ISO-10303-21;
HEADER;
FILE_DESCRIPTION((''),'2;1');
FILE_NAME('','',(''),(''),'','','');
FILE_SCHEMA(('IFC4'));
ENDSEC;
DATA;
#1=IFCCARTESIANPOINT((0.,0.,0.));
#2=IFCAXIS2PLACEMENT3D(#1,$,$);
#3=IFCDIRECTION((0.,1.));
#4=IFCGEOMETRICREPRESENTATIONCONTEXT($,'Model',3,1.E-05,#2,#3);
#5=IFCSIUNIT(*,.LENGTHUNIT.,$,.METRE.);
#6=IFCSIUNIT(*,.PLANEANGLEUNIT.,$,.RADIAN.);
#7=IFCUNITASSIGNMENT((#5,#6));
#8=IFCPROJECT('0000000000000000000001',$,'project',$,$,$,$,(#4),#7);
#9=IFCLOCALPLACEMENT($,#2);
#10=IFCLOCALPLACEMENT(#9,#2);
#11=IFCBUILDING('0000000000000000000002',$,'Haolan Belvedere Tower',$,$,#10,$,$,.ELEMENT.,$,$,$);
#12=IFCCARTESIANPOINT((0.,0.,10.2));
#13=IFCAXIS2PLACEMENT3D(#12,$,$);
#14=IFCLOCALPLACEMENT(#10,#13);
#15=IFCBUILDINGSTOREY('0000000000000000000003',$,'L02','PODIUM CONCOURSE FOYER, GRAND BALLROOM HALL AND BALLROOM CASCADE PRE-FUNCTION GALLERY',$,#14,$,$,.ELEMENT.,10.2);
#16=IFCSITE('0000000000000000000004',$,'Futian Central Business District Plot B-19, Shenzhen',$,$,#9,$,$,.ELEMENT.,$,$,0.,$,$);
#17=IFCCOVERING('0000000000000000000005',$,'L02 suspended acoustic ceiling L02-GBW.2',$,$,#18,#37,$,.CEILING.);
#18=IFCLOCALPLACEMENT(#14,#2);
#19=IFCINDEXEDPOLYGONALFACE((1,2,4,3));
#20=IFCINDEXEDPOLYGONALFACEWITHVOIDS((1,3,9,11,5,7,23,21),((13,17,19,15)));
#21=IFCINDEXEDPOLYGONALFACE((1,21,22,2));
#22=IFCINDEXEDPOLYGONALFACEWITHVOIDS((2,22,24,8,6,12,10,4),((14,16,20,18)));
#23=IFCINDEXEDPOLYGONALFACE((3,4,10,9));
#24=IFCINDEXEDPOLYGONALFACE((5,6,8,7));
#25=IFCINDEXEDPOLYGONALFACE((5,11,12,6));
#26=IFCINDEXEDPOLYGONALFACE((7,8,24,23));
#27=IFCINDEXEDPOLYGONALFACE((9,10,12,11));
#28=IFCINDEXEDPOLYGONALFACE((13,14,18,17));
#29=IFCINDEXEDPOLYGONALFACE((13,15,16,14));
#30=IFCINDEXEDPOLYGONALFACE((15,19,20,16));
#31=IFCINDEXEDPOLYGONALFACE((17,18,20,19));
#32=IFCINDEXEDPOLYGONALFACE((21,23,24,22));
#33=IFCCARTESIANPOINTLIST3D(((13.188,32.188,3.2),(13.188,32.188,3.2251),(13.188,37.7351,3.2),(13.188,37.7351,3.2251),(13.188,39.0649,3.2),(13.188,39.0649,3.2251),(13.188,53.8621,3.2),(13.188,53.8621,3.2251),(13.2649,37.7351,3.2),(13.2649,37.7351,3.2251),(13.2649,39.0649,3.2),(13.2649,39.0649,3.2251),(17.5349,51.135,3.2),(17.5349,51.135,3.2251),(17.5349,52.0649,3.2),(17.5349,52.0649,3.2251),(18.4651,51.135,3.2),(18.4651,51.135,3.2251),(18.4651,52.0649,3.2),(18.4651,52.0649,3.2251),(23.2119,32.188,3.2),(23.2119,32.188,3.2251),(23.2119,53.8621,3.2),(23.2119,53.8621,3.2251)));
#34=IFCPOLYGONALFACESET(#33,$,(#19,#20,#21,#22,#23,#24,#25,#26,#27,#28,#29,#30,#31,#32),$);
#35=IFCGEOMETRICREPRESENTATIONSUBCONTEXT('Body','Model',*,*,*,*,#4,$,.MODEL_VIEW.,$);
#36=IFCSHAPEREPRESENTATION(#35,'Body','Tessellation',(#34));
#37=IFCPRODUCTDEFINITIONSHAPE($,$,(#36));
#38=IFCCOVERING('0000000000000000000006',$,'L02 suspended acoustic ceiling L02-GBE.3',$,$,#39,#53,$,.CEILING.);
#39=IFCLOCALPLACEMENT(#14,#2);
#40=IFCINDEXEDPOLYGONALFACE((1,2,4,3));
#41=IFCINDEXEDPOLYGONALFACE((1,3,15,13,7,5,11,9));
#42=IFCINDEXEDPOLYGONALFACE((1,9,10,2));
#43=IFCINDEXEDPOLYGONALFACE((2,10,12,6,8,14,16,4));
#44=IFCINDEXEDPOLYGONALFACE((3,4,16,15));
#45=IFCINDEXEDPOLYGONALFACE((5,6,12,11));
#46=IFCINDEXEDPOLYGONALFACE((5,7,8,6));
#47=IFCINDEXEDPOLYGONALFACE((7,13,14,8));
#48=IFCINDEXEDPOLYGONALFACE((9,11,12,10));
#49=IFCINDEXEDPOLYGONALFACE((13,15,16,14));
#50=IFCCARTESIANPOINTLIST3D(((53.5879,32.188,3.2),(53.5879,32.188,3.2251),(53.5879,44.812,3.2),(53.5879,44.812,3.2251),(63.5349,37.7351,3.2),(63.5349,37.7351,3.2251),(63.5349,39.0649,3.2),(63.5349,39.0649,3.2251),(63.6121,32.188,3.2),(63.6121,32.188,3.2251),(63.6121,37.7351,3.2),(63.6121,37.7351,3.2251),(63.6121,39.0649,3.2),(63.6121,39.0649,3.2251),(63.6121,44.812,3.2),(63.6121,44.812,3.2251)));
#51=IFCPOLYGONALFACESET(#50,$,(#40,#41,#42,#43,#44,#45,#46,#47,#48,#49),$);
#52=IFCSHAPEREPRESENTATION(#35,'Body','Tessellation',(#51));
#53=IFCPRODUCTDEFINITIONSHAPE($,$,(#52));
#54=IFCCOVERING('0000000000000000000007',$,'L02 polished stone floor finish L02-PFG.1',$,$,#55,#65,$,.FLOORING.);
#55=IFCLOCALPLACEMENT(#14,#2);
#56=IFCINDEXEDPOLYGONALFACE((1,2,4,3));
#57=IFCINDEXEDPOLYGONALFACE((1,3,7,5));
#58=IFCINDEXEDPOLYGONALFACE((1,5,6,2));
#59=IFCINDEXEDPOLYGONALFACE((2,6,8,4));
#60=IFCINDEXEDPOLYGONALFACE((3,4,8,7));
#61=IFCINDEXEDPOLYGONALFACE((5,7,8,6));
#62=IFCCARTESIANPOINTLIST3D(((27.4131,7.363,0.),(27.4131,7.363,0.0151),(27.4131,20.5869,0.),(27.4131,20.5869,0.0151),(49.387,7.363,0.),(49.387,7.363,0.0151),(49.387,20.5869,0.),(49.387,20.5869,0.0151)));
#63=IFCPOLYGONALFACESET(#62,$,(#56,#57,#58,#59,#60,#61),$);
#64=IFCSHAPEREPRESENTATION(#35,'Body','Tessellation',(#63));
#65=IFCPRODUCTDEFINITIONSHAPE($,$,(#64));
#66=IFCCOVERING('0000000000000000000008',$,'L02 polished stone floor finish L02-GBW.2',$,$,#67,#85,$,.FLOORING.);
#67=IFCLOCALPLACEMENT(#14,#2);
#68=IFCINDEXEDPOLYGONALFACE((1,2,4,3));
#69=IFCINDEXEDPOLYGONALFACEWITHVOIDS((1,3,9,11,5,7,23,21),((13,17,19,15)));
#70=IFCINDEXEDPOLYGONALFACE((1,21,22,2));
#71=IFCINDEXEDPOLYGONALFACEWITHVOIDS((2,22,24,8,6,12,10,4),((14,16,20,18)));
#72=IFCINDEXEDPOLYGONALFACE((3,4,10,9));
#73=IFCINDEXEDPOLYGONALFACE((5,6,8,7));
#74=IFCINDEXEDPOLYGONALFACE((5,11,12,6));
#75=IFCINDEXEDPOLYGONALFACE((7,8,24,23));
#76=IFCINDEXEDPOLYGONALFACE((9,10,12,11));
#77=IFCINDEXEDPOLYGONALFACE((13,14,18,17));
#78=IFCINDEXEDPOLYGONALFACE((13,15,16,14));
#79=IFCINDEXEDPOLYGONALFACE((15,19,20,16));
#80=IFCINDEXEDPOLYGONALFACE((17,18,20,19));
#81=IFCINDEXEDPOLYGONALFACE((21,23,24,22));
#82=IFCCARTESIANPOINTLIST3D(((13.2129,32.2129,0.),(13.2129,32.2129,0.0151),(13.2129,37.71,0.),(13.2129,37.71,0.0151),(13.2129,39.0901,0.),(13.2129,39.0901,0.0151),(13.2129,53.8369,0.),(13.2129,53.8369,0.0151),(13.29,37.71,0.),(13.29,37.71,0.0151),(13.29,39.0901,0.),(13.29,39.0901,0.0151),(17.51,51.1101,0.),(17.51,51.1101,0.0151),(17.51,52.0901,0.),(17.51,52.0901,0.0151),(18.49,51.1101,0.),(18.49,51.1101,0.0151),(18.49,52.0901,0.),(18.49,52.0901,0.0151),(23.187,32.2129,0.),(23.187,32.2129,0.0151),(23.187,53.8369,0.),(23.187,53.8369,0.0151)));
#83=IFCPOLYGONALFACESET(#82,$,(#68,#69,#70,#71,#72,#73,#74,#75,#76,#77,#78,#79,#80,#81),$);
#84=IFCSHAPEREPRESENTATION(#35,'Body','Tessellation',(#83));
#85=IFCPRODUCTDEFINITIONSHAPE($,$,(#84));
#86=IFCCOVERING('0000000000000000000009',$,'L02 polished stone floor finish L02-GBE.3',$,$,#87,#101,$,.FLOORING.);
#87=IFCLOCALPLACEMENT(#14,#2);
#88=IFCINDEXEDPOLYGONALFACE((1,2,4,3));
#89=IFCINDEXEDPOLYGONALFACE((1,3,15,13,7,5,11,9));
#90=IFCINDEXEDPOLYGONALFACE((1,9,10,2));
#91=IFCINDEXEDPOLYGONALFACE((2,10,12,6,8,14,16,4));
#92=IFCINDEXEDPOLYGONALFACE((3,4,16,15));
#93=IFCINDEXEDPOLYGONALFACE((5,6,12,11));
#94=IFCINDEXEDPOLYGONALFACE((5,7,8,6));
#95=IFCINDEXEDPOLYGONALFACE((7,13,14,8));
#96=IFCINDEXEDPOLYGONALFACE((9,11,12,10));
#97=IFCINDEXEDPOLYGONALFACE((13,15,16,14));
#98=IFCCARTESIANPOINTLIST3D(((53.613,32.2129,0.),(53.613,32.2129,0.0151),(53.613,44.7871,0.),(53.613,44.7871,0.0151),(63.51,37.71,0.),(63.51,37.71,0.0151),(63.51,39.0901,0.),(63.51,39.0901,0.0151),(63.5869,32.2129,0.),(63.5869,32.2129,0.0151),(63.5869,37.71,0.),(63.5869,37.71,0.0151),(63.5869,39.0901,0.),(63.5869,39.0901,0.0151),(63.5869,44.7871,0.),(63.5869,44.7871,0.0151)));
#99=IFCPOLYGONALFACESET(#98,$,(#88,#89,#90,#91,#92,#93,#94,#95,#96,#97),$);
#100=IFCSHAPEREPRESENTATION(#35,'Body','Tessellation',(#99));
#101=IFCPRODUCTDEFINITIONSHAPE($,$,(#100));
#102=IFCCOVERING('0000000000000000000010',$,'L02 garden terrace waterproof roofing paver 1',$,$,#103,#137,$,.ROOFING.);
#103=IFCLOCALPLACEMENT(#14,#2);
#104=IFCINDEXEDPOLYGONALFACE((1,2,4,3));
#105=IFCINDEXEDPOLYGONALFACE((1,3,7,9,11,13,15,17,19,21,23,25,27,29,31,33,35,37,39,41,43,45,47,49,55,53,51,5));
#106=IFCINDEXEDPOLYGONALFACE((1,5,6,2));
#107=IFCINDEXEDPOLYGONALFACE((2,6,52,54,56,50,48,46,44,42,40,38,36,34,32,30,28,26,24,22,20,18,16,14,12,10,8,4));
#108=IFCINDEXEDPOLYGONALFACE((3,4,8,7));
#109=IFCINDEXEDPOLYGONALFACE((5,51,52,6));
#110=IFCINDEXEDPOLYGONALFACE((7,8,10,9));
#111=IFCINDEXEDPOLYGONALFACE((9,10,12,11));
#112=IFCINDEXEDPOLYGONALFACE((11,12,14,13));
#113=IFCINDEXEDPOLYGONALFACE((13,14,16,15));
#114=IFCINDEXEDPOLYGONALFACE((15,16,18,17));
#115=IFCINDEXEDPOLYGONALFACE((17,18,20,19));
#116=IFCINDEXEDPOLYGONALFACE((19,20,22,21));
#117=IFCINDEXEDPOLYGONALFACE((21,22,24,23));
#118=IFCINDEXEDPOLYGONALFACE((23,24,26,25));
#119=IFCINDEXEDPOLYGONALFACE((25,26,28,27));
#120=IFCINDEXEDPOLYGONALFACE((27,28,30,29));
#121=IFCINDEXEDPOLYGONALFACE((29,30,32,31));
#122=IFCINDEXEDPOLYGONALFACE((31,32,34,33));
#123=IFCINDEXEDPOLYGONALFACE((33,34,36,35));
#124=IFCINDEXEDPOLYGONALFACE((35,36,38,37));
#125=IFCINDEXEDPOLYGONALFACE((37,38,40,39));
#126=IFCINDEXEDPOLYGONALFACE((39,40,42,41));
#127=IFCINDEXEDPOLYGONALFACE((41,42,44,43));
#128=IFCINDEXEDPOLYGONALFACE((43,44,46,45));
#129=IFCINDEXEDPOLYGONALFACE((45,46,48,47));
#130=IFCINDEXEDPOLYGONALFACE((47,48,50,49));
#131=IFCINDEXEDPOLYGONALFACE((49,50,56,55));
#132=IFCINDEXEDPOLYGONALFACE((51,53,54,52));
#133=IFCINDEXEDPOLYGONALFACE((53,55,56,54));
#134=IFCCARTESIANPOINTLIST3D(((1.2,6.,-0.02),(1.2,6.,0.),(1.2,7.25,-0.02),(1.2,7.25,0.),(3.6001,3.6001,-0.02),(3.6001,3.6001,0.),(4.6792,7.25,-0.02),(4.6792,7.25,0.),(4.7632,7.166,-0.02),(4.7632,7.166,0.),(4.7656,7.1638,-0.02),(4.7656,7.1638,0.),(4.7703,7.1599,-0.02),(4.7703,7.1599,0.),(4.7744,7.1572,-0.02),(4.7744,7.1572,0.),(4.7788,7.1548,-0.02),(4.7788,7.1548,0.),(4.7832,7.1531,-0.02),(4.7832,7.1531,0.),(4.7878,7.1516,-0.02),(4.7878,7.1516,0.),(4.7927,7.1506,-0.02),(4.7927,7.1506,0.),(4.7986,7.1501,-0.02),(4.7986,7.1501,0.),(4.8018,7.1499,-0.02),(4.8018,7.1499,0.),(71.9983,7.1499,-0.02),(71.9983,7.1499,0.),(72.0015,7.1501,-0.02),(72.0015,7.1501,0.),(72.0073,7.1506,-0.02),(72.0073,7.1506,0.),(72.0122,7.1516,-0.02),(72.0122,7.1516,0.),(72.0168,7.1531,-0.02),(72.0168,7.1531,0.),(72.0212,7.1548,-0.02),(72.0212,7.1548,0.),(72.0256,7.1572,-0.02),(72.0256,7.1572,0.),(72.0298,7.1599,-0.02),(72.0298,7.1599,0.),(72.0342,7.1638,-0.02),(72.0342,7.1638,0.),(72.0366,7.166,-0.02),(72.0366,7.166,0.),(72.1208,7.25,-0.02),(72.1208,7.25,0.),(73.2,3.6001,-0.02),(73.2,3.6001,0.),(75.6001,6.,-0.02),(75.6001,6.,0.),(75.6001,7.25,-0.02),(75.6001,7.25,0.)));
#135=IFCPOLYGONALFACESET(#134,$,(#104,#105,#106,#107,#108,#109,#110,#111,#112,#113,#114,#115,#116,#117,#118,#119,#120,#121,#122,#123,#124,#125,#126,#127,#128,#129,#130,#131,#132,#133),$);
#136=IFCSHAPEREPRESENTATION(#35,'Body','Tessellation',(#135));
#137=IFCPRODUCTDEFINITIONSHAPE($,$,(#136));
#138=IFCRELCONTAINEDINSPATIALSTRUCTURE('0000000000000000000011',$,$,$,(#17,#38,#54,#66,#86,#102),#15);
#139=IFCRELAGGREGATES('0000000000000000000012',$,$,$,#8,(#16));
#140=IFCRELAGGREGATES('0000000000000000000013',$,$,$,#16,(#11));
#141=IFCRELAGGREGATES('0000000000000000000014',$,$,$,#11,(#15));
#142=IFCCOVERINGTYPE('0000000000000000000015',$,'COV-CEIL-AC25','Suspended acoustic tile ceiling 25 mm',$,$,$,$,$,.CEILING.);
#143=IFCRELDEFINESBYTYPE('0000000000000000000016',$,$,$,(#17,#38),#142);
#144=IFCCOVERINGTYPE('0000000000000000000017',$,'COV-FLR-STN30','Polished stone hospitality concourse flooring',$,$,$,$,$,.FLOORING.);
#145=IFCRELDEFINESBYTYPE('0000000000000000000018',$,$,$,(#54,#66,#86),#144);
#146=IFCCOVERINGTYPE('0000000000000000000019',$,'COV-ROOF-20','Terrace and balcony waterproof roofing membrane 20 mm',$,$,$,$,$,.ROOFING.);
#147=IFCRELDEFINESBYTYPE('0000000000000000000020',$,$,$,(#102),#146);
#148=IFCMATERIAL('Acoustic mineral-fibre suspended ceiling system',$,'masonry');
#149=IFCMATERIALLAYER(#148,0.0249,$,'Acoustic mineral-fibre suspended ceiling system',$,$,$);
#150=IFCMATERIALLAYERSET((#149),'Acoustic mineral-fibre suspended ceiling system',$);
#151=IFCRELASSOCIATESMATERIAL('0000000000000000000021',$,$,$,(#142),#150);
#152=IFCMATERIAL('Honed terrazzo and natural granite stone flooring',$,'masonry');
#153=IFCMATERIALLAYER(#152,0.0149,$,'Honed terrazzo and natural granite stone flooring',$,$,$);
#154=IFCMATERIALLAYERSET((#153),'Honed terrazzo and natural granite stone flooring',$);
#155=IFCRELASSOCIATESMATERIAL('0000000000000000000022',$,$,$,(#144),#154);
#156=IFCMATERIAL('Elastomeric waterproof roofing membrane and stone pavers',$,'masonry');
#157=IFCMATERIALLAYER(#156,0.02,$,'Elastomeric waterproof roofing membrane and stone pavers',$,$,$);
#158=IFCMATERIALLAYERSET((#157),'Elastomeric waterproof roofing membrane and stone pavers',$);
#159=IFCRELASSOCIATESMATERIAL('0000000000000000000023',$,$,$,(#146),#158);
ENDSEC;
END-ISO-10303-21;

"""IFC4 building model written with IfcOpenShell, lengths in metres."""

from ifc_helpers import new_model, si_unit, direction, frame, origin, place, context, subcontext, project, spatial, polyline, outline, extrude, material, layer, layer_set, type_object, element, save


model = new_model("IFC4")

# Units and contexts
model_context = context("Model", 3, precision=1e-05, world=origin(), true_north=direction((0.0, 1.0)))
body_context = subcontext(model_context, "Body", "Model", "MODEL_VIEW")
ifc_project = project(units=[si_unit("LENGTHUNIT", "METRE"), si_unit("PLANEANGLEUNIT", "RADIAN")], contexts=[model_context])

# Site, building, storey
site_placement = place(None, origin())
site = spatial("IfcSite", under=ifc_project, at=site_placement, Name="Futian Central Business District Plot B-19, Shenzhen", CompositionType="ELEMENT", RefElevation=0.0)
building_placement = place(site_placement, origin())
building = spatial("IfcBuilding", under=site, at=building_placement, Name="Haolan Belvedere Tower", CompositionType="ELEMENT")
storey_placement = place(building_placement, frame((0.0, 0.0, 10.2)))
storey = spatial("IfcBuildingStorey", under=building, at=storey_placement, Name="L02", Description="PODIUM CONCOURSE FOYER, GRAND BALLROOM HALL AND BALLROOM CASCADE PRE-FUNCTION GALLERY", CompositionType="ELEMENT", Elevation=10.2)

# Coverings
ifc_material_1 = material(Name="Acoustic mineral-fibre suspended ceiling system", Category="masonry")
ifc_layer_1 = layer(ifc_material_1, 0.0249, Name="Acoustic mineral-fibre suspended ceiling system")
ifc_layer_set_1 = layer_set([ifc_layer_1], Name="Acoustic mineral-fibre suspended ceiling system")
covering_type_1 = type_object("IfcCoveringType", Name="COV-CEIL-AC25", Description="Suspended acoustic tile ceiling 25 mm", PredefinedType="CEILING", material=ifc_layer_set_1)
covering_1_placement = place(storey_placement, frame((0.0, 0.0, 3.2)))
element("IfcCovering", 1, at=covering_1_placement, inside=storey, type_object=covering_type_1, Name="L02 suspended acoustic ceiling L02-GBW.2", PredefinedType="CEILING", context=body_context, shape_type="SweptSolid", body=[
    extrude(outline(polyline([(23.2119, 32.188), (23.2119, 53.8621), (13.188, 53.8621), (13.188, 39.0649), (13.2649, 39.0649), (13.2649, 37.7351), (13.188, 37.7351), (13.188, 32.188), (23.2119, 32.188)]), holes=[polyline([(17.5349, 51.135), (17.5349, 52.0649), (18.4651, 52.0649), (18.4651, 51.135), (17.5349, 51.135)])]), origin(), (0.0, 0.0, 1.0), 0.0251),
])
covering_2_placement = place(storey_placement, frame((0.0, 0.0, 3.2)))
element("IfcCovering", 2, at=covering_2_placement, inside=storey, type_object=covering_type_1, Name="L02 suspended acoustic ceiling L02-GBE.3", PredefinedType="CEILING", context=body_context, shape_type="SweptSolid", body=[
    extrude(outline(polyline([(63.6121, 37.7351), (63.5349, 37.7351), (63.5349, 39.0649), (63.6121, 39.0649), (63.6121, 44.812), (53.5879, 44.812), (53.5879, 32.188), (63.6121, 32.188), (63.6121, 37.7351)])), origin(), (0.0, 0.0, 1.0), 0.0251),
])
ifc_material_2 = material(Name="Honed terrazzo and natural granite stone flooring", Category="masonry")
ifc_layer_2 = layer(ifc_material_2, 0.0149, Name="Honed terrazzo and natural granite stone flooring")
ifc_layer_set_2 = layer_set([ifc_layer_2], Name="Honed terrazzo and natural granite stone flooring")
covering_type_2 = type_object("IfcCoveringType", Name="COV-FLR-STN30", Description="Polished stone hospitality concourse flooring", PredefinedType="FLOORING", material=ifc_layer_set_2)
covering_3_placement = place(storey_placement, origin())
element("IfcCovering", 3, at=covering_3_placement, inside=storey, type_object=covering_type_2, Name="L02 polished stone floor finish L02-PFG.1", PredefinedType="FLOORING", context=body_context, shape_type="SweptSolid", body=[
    extrude(outline(polyline([(49.387, 20.5869), (27.4131, 20.5869), (27.4131, 7.363), (49.387, 7.363), (49.387, 20.5869)])), origin(), (0.0, 0.0, 1.0), 0.0151),
])
covering_4_placement = place(storey_placement, origin())
element("IfcCovering", 4, at=covering_4_placement, inside=storey, type_object=covering_type_2, Name="L02 polished stone floor finish L02-GBW.2", PredefinedType="FLOORING", context=body_context, shape_type="SweptSolid", body=[
    extrude(outline(polyline([(23.187, 53.8369), (13.2129, 53.8369), (13.2129, 39.0901), (13.29, 39.0901), (13.29, 37.71), (13.2129, 37.71), (13.2129, 32.2129), (23.187, 32.2129), (23.187, 53.8369)]), holes=[polyline([(17.51, 52.0901), (18.49, 52.0901), (18.49, 51.1101), (17.51, 51.1101), (17.51, 52.0901)])]), origin(), (0.0, 0.0, 1.0), 0.0151),
])
covering_5_placement = place(storey_placement, origin())
element("IfcCovering", 5, at=covering_5_placement, inside=storey, type_object=covering_type_2, Name="L02 polished stone floor finish L02-GBE.3", PredefinedType="FLOORING", context=body_context, shape_type="SweptSolid", body=[
    extrude(outline(polyline([(63.51, 37.71), (63.51, 39.0901), (63.5869, 39.0901), (63.5869, 44.7871), (53.613, 44.7871), (53.613, 32.2129), (63.5869, 32.2129), (63.5869, 37.71), (63.51, 37.71)])), origin(), (0.0, 0.0, 1.0), 0.0151),
])
ifc_material_3 = material(Name="Elastomeric waterproof roofing membrane and stone pavers", Category="masonry")
ifc_layer_3 = layer(ifc_material_3, 0.02, Name="Elastomeric waterproof roofing membrane and stone pavers")
ifc_layer_set_3 = layer_set([ifc_layer_3], Name="Elastomeric waterproof roofing membrane and stone pavers")
covering_type_3 = type_object("IfcCoveringType", Name="COV-ROOF-20", Description="Terrace and balcony waterproof roofing membrane 20 mm", PredefinedType="ROOFING", material=ifc_layer_set_3)
covering_6_placement = place(storey_placement, frame((0.0, 0.0, -0.02)))
element("IfcCovering", 6, at=covering_6_placement, inside=storey, type_object=covering_type_3, Name="L02 garden terrace waterproof roofing paver 1", PredefinedType="ROOFING", context=body_context, shape_type="SweptSolid", body=[
    extrude(outline(polyline([(75.6001, 7.25), (72.1208, 7.25), (72.0366, 7.166), (72.0342, 7.1638), (72.0298, 7.1599), (72.0256, 7.1572), (72.0212, 7.1548), (72.0168, 7.1531), (72.0122, 7.1516), (72.0073, 7.1506), (72.0015, 7.1501), (71.9983, 7.1499), (4.8018, 7.1499), (4.7986, 7.1501), (4.7927, 7.1506), (4.7878, 7.1516), (4.7832, 7.1531), (4.7788, 7.1548), (4.7744, 7.1572), (4.7703, 7.1599), (4.7656, 7.1638), (4.7632, 7.166), (4.6792, 7.25), (1.2, 7.25), (1.2, 6.0), (3.6001, 3.6001), (73.2, 3.6001), (75.6001, 6.0), (75.6001, 7.25)])), origin(), (0.0, 0.0, 1.0), 0.02),
])

save(model, "model.ifc")
